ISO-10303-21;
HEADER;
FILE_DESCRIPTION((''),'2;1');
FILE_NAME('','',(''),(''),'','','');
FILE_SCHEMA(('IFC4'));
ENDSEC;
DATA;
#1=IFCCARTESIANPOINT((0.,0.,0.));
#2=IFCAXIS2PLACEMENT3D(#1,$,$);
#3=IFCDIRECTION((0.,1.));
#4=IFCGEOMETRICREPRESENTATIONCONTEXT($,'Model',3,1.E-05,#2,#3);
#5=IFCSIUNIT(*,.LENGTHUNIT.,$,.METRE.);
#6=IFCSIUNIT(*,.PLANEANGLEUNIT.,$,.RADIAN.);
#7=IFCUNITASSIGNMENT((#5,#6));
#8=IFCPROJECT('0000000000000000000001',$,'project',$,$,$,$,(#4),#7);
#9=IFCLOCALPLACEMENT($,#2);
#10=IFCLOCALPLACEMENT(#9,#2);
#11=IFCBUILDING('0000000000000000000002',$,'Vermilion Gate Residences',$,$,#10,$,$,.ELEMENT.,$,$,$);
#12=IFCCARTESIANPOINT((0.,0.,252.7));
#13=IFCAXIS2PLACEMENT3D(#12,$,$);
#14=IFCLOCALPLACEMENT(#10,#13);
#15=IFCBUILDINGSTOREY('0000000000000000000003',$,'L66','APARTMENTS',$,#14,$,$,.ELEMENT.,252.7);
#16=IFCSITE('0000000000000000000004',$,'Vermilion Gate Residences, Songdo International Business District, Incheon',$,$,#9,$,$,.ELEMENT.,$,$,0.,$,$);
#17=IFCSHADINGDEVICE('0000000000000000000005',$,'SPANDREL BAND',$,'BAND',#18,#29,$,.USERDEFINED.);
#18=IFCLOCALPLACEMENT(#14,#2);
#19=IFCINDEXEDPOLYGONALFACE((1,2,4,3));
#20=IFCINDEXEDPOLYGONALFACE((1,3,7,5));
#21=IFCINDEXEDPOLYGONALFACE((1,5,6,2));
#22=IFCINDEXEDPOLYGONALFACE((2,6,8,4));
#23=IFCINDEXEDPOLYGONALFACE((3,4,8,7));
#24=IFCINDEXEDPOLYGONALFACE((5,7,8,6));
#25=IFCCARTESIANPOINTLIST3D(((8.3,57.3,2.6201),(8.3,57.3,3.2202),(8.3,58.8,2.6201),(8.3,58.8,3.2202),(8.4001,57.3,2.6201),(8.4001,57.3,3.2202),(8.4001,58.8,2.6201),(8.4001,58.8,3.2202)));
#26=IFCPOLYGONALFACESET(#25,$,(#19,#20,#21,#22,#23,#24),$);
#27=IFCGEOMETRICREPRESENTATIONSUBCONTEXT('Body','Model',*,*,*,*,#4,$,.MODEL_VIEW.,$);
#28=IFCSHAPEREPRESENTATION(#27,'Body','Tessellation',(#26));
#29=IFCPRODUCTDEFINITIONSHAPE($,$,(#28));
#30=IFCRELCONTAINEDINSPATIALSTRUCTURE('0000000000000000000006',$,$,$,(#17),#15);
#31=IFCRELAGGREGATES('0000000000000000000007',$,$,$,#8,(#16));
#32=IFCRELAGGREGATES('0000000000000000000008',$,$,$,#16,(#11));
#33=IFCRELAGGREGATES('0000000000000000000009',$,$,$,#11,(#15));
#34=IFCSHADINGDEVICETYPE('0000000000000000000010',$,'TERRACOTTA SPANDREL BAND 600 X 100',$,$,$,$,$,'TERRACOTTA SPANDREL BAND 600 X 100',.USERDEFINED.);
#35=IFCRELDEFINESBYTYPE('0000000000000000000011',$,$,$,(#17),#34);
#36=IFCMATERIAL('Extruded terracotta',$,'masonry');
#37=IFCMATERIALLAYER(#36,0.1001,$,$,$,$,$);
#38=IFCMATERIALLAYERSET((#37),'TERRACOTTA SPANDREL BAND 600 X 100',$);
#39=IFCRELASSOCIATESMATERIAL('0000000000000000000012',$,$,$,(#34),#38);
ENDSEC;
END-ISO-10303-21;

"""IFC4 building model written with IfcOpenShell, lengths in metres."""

from ifc_helpers import new_model, si_unit, direction, frame, origin, origin_2d, place, context, subcontext, project, spatial, rectangle, extrude, material, layer, layer_set, type_object, element, save


model = new_model("IFC4")

# Units and contexts
model_context = context("Model", 3, precision=1e-05, world=origin(), true_north=direction((0.0, 1.0)))
body_context = subcontext(model_context, "Body", "Model", "MODEL_VIEW")
ifc_project = project(units=[si_unit("LENGTHUNIT", "METRE"), si_unit("PLANEANGLEUNIT", "RADIAN")], contexts=[model_context])

# Site, building, storey
site_placement = place(None, origin())
site = spatial("IfcSite", under=ifc_project, at=site_placement, Name="Vermilion Gate Residences, Songdo International Business District, Incheon", CompositionType="ELEMENT", RefElevation=0.0)
building_placement = place(site_placement, origin())
building = spatial("IfcBuilding", under=site, at=building_placement, Name="Vermilion Gate Residences", CompositionType="ELEMENT")
storey_placement = place(building_placement, frame((0.0, 0.0, 252.7)))
storey = spatial("IfcBuildingStorey", under=building, at=storey_placement, Name="L66", Description="APARTMENTS", CompositionType="ELEMENT", Elevation=252.7)

# Shading device
ifc_material_1 = material(Name="Extruded terracotta", Category="masonry")
ifc_layer_1 = layer(ifc_material_1, 0.1001)
ifc_layer_set_1 = layer_set([ifc_layer_1], Name="TERRACOTTA SPANDREL BAND 600 X 100")
shading_device_type = type_object("IfcShadingDeviceType", Name="TERRACOTTA SPANDREL BAND 600 X 100", ElementType="TERRACOTTA SPANDREL BAND 600 X 100", PredefinedType="USERDEFINED", material=ifc_layer_set_1)
shading_device_1_placement = place(storey_placement, frame((8.3501, 58.05, 2.6201), z_axis=(0.0, 0.0, 1.0), x_axis=(0.0, 1.0, 0.0)))
element("IfcShadingDevice", 1, at=shading_device_1_placement, inside=storey, type_object=shading_device_type, Name="SPANDREL BAND", ObjectType="BAND", PredefinedType="USERDEFINED", context=body_context, shape_type="SweptSolid", body=[
    extrude(rectangle(XDim=1.5, YDim=0.1001, at=origin_2d()), origin(), (0.0, 0.0, 1.0), 0.6001),
])

save(model, "model.ifc")
